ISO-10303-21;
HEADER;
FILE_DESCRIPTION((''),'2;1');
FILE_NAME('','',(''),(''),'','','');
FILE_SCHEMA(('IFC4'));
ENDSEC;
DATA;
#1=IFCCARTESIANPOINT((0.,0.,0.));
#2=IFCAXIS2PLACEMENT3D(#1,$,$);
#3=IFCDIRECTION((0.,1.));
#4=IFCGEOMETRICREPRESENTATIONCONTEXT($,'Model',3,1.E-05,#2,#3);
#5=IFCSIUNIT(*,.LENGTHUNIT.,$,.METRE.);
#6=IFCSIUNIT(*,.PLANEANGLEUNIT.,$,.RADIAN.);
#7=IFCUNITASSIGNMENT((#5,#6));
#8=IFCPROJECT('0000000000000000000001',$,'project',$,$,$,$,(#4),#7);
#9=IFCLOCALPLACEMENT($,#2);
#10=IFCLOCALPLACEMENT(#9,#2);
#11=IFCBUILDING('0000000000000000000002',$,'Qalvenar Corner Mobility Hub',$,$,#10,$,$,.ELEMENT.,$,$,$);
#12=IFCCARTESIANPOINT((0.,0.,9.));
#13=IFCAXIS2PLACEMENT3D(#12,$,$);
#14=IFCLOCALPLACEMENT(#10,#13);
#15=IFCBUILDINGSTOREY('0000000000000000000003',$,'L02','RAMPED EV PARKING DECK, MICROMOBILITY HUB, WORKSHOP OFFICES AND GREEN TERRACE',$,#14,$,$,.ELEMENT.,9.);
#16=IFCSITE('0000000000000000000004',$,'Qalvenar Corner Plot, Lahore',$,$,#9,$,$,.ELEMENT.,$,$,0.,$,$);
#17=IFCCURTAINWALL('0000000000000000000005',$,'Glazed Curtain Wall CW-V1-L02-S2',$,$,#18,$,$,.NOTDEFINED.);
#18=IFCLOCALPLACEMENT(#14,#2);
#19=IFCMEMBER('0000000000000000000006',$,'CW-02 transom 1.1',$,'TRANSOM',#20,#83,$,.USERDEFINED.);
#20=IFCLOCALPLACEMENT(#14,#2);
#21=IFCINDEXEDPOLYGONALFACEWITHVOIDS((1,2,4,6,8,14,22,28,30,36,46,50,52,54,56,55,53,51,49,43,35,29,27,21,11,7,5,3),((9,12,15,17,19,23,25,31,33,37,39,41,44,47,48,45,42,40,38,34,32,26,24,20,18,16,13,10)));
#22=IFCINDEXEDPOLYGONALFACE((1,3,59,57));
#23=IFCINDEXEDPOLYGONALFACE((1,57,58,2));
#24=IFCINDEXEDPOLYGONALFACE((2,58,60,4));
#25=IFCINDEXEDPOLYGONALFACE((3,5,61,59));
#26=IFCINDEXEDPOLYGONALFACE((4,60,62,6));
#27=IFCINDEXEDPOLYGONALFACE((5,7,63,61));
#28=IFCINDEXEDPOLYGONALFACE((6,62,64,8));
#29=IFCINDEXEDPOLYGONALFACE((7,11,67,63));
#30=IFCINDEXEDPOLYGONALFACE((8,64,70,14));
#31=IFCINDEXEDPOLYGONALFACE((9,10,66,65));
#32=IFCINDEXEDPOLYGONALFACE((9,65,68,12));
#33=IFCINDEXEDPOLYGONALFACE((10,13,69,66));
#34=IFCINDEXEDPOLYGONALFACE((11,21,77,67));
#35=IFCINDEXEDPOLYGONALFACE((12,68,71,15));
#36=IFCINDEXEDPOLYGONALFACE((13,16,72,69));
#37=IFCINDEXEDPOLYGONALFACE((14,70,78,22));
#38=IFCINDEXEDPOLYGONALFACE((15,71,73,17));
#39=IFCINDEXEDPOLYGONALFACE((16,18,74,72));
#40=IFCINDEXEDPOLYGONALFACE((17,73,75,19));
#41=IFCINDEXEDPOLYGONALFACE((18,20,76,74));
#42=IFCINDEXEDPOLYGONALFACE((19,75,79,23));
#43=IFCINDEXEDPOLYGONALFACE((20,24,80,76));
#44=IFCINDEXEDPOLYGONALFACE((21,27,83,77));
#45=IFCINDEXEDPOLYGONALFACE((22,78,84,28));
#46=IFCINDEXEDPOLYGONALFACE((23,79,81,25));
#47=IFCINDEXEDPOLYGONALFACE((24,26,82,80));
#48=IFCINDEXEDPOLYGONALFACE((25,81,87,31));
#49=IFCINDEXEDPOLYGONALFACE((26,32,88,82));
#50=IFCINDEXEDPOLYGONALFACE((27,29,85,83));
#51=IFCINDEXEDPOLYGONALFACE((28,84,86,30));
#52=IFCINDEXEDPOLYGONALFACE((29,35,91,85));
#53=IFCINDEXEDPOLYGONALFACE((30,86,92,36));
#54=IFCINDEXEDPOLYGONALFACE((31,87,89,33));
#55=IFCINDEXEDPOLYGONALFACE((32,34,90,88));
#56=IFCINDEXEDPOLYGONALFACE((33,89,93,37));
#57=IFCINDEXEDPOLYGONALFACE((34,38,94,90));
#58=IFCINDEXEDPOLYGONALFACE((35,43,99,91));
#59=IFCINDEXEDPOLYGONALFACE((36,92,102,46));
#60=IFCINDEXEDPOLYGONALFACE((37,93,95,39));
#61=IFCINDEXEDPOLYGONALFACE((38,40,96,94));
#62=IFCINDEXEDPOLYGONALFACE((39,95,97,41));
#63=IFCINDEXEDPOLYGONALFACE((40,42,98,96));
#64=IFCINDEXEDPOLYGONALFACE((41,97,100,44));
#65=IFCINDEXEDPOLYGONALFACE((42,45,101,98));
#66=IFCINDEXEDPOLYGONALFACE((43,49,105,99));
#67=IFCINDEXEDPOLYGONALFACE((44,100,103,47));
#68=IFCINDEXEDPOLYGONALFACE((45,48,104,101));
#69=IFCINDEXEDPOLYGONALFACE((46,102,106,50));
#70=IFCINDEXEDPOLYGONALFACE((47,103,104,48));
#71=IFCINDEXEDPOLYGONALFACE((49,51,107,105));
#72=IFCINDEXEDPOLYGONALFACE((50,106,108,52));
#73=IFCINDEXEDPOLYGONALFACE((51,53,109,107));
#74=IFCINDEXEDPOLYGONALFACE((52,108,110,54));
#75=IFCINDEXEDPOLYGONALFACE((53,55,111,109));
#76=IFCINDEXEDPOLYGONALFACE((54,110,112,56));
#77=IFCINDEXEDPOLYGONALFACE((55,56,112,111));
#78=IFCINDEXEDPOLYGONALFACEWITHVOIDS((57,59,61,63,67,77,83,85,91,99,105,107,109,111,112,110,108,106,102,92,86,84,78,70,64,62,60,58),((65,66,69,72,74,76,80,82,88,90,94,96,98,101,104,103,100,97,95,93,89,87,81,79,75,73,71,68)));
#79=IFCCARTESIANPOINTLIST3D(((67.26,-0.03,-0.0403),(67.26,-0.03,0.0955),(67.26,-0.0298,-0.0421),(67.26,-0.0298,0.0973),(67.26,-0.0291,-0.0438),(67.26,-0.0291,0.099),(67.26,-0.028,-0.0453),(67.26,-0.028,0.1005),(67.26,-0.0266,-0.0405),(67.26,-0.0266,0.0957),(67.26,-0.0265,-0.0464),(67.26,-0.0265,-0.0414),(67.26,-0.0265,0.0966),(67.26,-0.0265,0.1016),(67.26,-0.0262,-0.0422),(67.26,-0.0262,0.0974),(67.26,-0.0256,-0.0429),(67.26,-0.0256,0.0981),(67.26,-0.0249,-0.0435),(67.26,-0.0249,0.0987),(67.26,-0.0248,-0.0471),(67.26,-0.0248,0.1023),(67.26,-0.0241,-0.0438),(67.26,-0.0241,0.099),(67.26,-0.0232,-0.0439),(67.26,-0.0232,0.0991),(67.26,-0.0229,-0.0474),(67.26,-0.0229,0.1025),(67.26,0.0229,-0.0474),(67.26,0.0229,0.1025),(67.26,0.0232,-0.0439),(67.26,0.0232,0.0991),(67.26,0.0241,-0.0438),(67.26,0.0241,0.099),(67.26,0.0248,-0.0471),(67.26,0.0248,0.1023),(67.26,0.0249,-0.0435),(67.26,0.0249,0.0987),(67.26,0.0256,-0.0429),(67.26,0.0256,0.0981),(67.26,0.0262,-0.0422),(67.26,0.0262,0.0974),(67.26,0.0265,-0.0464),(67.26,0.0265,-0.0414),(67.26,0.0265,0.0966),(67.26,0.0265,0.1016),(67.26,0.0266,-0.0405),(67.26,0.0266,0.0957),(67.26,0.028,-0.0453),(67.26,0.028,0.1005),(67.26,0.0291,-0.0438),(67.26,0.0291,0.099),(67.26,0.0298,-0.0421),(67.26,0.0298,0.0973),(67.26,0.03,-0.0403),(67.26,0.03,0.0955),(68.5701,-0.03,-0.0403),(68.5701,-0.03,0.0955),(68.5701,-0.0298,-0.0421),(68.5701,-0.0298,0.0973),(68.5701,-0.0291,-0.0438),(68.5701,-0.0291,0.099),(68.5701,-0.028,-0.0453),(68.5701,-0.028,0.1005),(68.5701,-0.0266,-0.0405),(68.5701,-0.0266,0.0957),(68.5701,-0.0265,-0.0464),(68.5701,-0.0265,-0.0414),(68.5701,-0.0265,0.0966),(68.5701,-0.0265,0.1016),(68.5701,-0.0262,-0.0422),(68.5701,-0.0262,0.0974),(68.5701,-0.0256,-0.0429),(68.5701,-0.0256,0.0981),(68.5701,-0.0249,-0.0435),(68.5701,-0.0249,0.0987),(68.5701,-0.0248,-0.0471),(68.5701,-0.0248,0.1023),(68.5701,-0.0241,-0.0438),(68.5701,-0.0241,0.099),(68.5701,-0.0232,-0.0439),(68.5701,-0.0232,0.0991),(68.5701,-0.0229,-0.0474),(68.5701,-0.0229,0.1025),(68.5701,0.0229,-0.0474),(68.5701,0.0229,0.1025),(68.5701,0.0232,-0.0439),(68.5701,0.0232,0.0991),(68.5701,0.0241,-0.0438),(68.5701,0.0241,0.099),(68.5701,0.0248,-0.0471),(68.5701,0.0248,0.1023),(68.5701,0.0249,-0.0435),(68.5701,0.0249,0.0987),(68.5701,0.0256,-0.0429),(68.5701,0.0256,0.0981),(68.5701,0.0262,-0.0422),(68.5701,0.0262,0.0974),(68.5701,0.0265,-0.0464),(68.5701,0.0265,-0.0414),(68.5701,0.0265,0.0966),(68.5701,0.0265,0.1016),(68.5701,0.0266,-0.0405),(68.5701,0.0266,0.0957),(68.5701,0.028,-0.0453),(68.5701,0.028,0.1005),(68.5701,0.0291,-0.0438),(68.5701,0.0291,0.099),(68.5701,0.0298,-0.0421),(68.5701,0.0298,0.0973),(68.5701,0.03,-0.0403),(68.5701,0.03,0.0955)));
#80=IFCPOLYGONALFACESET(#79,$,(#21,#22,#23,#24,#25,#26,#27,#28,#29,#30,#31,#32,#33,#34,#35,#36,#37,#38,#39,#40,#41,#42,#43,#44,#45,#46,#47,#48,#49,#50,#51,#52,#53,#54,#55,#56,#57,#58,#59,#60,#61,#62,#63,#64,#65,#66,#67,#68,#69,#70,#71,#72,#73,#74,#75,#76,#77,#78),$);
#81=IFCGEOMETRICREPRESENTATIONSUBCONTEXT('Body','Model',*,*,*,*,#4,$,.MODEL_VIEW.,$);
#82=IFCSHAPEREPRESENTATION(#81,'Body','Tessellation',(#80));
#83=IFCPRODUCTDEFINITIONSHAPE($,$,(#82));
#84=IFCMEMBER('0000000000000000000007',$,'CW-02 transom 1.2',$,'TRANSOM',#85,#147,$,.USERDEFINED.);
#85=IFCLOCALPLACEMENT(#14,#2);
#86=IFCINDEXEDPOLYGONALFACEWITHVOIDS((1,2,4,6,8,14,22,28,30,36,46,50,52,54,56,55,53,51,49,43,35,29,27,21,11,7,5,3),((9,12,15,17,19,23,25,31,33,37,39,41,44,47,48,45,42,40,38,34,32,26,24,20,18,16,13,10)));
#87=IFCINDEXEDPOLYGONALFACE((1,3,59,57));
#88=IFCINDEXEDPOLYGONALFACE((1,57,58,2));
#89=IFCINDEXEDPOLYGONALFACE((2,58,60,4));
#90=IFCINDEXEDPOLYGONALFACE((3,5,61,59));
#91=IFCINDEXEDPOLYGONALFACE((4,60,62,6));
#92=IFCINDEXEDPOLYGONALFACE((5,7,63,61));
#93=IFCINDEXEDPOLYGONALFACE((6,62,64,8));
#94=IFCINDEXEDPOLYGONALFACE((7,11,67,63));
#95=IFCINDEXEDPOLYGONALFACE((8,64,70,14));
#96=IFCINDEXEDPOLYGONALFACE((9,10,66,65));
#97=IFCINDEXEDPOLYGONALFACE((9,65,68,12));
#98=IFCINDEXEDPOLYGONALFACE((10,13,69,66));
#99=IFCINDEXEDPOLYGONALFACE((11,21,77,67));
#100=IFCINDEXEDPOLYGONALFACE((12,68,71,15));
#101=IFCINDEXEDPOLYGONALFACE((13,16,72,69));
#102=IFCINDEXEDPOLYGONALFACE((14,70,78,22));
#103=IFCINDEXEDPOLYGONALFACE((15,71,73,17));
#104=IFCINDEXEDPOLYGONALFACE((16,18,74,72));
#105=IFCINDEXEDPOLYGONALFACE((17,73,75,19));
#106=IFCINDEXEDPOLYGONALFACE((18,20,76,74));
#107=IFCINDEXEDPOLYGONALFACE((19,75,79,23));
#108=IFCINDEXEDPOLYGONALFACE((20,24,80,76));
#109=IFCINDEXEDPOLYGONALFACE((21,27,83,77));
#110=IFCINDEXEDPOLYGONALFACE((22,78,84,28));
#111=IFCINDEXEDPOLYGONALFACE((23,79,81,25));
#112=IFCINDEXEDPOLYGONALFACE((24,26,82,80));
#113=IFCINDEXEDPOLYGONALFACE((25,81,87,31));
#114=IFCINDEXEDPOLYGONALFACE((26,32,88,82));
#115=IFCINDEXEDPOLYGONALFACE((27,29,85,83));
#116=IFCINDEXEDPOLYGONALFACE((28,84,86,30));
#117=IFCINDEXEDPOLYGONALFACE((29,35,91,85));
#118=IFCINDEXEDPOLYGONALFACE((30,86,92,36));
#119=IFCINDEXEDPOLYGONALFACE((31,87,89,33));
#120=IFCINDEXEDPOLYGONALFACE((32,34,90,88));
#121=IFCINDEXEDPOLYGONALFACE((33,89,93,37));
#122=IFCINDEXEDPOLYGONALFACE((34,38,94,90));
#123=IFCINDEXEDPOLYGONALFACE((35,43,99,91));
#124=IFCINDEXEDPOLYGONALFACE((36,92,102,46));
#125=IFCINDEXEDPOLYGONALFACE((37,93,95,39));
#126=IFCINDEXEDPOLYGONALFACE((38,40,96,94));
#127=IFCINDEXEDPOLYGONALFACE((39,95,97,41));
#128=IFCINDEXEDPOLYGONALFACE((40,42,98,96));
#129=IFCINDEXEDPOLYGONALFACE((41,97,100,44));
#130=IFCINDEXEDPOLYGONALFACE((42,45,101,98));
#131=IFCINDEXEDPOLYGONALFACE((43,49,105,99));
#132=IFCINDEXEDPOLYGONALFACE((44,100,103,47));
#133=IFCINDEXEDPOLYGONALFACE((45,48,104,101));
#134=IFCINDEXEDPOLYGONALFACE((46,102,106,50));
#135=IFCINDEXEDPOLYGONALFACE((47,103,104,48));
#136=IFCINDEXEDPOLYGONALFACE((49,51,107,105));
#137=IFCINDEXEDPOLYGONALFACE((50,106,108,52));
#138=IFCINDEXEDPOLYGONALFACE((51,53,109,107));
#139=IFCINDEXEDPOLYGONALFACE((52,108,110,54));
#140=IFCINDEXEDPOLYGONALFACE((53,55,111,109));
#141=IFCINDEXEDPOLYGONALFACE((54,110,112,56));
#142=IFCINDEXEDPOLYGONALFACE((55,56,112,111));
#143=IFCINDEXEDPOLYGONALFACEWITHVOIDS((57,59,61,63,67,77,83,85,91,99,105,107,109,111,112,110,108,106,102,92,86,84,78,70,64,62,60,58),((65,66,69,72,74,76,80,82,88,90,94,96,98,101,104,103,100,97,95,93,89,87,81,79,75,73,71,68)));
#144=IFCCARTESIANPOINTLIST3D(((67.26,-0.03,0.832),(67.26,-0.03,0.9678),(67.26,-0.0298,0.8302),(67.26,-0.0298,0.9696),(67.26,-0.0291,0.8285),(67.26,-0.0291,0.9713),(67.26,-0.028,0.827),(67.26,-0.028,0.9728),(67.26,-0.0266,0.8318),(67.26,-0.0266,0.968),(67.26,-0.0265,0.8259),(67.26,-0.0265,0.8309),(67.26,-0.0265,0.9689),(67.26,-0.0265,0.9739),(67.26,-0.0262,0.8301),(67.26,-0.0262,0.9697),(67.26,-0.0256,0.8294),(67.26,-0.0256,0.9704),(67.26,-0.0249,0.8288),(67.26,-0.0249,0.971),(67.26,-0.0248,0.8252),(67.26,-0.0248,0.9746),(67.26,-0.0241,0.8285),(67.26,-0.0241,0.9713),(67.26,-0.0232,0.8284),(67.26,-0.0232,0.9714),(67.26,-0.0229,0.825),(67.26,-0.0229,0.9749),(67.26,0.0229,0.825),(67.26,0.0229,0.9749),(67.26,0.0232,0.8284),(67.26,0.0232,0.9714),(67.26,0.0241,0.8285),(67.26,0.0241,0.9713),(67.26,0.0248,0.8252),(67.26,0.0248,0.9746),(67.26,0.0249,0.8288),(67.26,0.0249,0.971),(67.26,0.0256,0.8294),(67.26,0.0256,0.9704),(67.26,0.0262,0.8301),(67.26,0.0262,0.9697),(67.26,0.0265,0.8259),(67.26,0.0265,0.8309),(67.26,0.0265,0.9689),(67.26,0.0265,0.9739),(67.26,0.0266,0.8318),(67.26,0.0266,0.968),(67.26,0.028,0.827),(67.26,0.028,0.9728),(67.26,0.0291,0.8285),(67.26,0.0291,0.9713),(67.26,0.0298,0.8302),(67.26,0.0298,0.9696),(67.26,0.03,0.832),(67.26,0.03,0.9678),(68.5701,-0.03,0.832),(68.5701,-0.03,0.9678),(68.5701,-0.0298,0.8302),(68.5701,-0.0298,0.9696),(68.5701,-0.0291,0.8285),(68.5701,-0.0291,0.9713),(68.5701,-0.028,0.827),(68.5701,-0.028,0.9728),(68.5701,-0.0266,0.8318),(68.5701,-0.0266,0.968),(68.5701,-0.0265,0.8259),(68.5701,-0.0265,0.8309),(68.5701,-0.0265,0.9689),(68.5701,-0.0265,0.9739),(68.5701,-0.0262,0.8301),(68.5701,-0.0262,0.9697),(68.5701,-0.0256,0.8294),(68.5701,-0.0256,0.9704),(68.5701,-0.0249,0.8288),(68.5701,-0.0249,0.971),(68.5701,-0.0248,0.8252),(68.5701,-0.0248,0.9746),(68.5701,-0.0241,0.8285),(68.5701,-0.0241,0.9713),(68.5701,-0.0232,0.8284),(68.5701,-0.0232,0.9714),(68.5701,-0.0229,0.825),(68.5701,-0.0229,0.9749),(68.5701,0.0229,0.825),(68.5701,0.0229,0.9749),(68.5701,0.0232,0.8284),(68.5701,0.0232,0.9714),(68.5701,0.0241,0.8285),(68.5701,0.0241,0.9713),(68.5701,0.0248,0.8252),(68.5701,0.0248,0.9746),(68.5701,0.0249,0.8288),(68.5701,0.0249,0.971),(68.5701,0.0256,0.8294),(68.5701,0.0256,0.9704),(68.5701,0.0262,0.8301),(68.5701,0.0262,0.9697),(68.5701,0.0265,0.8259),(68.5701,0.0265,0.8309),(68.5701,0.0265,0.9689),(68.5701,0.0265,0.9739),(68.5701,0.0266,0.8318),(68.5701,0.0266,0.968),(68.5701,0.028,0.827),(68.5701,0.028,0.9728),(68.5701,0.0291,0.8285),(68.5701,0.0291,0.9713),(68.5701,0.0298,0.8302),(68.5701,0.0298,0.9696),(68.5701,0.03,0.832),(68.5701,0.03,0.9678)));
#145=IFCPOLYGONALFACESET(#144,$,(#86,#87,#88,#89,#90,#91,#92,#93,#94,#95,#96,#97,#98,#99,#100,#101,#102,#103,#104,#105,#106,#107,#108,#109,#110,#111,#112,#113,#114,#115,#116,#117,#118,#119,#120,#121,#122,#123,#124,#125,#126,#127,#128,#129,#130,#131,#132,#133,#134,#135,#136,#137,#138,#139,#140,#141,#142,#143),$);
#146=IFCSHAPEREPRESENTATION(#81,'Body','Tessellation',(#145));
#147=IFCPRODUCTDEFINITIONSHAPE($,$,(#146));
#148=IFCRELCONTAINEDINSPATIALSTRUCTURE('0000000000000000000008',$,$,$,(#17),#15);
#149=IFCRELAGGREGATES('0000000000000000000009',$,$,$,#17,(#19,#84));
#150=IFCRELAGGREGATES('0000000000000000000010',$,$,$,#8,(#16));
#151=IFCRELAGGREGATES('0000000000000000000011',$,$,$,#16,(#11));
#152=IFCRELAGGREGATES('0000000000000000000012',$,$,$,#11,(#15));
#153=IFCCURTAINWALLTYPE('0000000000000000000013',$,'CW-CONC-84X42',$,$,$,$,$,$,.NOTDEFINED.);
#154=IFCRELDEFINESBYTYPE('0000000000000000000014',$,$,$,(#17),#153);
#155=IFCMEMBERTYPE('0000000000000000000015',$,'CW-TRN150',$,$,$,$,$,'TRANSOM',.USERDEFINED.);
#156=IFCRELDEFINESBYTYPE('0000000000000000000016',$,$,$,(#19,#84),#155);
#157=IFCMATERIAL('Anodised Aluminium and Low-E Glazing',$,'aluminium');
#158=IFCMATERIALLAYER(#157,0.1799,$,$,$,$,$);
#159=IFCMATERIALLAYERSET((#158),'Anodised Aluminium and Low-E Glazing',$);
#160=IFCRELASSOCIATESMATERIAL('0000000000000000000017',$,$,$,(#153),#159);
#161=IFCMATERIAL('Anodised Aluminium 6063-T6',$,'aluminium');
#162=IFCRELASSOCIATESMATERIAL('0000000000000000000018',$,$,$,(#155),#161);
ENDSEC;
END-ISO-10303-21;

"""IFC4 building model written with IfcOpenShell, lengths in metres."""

from ifc_helpers import new_model, si_unit, direction, frame, origin, origin_2d, place, context, subcontext, project, spatial, hollow_rectangle, extrude, material, layer, layer_set, material_profile, profile_set, type_object, element, aggregate, save


model = new_model("IFC4")

# Units and contexts
model_context = context("Model", 3, precision=1e-05, world=origin(), true_north=direction((0.0, 1.0)))
body_context = subcontext(model_context, "Body", "Model", "MODEL_VIEW")
ifc_project = project(units=[si_unit("LENGTHUNIT", "METRE"), si_unit("PLANEANGLEUNIT", "RADIAN")], contexts=[model_context])

# Site, building, storey
site_placement = place(None, origin())
site = spatial("IfcSite", under=ifc_project, at=site_placement, Name="Qalvenar Corner Plot, Lahore", CompositionType="ELEMENT", RefElevation=0.0)
building_placement = place(site_placement, origin())
building = spatial("IfcBuilding", under=site, at=building_placement, Name="Qalvenar Corner Mobility Hub", CompositionType="ELEMENT")
storey_placement = place(building_placement, frame((0.0, 0.0, 9.0)))
storey = spatial("IfcBuildingStorey", under=building, at=storey_placement, Name="L02", Description="RAMPED EV PARKING DECK, MICROMOBILITY HUB, WORKSHOP OFFICES AND GREEN TERRACE", CompositionType="ELEMENT", Elevation=9.0)

# Curtain wall
ifc_material_1 = material(Name="Anodised Aluminium and Low-E Glazing", Category="aluminium")
ifc_layer_1 = layer(ifc_material_1, 0.1799)
ifc_layer_set_1 = layer_set([ifc_layer_1], Name="Anodised Aluminium and Low-E Glazing")
curtain_wall_type = type_object("IfcCurtainWallType", Name="CW-CONC-84X42", PredefinedType="NOTDEFINED", material=ifc_layer_set_1)
ifc_material_2 = material(Name="Anodised Aluminium 6063-T6", Category="aluminium")
curtain_wall_1_placement = place(storey_placement, origin())
curtain_wall_1 = element("IfcCurtainWall", 1, at=curtain_wall_1_placement, inside=storey, type_object=curtain_wall_type, Name="Glazed Curtain Wall CW-V1-L02-S2", PredefinedType="NOTDEFINED")

# Members
ifc_material_profile_1 = material_profile(ifc_material_2, hollow_rectangle(XDim=0.0601, YDim=0.1499, WallThickness=0.0034, InnerFilletRadius=0.0034, OuterFilletRadius=0.0071, at=origin_2d()), Name="RHS150x60x3.5")
ifc_profile_set_1 = profile_set([ifc_material_profile_1], Name="Anodised Aluminium 6063-T6")
member_type_1 = type_object("IfcMemberType", Name="CW-TRN150", ElementType="TRANSOM", PredefinedType="USERDEFINED", material=ifc_profile_set_1)
member_1_placement = place(storey_placement, frame((67.26, 0.0, 0.0276), z_axis=(1.0, 0.0, 0.0), x_axis=(0.0, 1.0, 0.0)))
member_1 = element("IfcMember", 2, at=member_1_placement, type_object=member_type_1, Name="CW-02 transom 1.1", ObjectType="TRANSOM", PredefinedType="USERDEFINED", context=body_context, shape_type="SweptSolid", body=[
    extrude(hollow_rectangle(XDim=0.0601, YDim=0.1499, WallThickness=0.0034, InnerFilletRadius=0.0034, OuterFilletRadius=0.0071, at=origin_2d()), origin(), (0.0, 0.0, 1.0), 1.3101),
])
member_2_placement = place(storey_placement, frame((67.26, 0.0, 0.8999), z_axis=(1.0, 0.0, 0.0), x_axis=(0.0, 1.0, 0.0)))
member_2 = element("IfcMember", 3, at=member_2_placement, type_object=member_type_1, Name="CW-02 transom 1.2", ObjectType="TRANSOM", PredefinedType="USERDEFINED", context=body_context, shape_type="SweptSolid", body=[
    extrude(hollow_rectangle(XDim=0.0601, YDim=0.1499, WallThickness=0.0034, InnerFilletRadius=0.0034, OuterFilletRadius=0.0071, at=origin_2d()), origin(), (0.0, 0.0, 1.0), 1.3101),
])

aggregate(curtain_wall_1, [member_1, member_2])

save(model, "model.ifc")
